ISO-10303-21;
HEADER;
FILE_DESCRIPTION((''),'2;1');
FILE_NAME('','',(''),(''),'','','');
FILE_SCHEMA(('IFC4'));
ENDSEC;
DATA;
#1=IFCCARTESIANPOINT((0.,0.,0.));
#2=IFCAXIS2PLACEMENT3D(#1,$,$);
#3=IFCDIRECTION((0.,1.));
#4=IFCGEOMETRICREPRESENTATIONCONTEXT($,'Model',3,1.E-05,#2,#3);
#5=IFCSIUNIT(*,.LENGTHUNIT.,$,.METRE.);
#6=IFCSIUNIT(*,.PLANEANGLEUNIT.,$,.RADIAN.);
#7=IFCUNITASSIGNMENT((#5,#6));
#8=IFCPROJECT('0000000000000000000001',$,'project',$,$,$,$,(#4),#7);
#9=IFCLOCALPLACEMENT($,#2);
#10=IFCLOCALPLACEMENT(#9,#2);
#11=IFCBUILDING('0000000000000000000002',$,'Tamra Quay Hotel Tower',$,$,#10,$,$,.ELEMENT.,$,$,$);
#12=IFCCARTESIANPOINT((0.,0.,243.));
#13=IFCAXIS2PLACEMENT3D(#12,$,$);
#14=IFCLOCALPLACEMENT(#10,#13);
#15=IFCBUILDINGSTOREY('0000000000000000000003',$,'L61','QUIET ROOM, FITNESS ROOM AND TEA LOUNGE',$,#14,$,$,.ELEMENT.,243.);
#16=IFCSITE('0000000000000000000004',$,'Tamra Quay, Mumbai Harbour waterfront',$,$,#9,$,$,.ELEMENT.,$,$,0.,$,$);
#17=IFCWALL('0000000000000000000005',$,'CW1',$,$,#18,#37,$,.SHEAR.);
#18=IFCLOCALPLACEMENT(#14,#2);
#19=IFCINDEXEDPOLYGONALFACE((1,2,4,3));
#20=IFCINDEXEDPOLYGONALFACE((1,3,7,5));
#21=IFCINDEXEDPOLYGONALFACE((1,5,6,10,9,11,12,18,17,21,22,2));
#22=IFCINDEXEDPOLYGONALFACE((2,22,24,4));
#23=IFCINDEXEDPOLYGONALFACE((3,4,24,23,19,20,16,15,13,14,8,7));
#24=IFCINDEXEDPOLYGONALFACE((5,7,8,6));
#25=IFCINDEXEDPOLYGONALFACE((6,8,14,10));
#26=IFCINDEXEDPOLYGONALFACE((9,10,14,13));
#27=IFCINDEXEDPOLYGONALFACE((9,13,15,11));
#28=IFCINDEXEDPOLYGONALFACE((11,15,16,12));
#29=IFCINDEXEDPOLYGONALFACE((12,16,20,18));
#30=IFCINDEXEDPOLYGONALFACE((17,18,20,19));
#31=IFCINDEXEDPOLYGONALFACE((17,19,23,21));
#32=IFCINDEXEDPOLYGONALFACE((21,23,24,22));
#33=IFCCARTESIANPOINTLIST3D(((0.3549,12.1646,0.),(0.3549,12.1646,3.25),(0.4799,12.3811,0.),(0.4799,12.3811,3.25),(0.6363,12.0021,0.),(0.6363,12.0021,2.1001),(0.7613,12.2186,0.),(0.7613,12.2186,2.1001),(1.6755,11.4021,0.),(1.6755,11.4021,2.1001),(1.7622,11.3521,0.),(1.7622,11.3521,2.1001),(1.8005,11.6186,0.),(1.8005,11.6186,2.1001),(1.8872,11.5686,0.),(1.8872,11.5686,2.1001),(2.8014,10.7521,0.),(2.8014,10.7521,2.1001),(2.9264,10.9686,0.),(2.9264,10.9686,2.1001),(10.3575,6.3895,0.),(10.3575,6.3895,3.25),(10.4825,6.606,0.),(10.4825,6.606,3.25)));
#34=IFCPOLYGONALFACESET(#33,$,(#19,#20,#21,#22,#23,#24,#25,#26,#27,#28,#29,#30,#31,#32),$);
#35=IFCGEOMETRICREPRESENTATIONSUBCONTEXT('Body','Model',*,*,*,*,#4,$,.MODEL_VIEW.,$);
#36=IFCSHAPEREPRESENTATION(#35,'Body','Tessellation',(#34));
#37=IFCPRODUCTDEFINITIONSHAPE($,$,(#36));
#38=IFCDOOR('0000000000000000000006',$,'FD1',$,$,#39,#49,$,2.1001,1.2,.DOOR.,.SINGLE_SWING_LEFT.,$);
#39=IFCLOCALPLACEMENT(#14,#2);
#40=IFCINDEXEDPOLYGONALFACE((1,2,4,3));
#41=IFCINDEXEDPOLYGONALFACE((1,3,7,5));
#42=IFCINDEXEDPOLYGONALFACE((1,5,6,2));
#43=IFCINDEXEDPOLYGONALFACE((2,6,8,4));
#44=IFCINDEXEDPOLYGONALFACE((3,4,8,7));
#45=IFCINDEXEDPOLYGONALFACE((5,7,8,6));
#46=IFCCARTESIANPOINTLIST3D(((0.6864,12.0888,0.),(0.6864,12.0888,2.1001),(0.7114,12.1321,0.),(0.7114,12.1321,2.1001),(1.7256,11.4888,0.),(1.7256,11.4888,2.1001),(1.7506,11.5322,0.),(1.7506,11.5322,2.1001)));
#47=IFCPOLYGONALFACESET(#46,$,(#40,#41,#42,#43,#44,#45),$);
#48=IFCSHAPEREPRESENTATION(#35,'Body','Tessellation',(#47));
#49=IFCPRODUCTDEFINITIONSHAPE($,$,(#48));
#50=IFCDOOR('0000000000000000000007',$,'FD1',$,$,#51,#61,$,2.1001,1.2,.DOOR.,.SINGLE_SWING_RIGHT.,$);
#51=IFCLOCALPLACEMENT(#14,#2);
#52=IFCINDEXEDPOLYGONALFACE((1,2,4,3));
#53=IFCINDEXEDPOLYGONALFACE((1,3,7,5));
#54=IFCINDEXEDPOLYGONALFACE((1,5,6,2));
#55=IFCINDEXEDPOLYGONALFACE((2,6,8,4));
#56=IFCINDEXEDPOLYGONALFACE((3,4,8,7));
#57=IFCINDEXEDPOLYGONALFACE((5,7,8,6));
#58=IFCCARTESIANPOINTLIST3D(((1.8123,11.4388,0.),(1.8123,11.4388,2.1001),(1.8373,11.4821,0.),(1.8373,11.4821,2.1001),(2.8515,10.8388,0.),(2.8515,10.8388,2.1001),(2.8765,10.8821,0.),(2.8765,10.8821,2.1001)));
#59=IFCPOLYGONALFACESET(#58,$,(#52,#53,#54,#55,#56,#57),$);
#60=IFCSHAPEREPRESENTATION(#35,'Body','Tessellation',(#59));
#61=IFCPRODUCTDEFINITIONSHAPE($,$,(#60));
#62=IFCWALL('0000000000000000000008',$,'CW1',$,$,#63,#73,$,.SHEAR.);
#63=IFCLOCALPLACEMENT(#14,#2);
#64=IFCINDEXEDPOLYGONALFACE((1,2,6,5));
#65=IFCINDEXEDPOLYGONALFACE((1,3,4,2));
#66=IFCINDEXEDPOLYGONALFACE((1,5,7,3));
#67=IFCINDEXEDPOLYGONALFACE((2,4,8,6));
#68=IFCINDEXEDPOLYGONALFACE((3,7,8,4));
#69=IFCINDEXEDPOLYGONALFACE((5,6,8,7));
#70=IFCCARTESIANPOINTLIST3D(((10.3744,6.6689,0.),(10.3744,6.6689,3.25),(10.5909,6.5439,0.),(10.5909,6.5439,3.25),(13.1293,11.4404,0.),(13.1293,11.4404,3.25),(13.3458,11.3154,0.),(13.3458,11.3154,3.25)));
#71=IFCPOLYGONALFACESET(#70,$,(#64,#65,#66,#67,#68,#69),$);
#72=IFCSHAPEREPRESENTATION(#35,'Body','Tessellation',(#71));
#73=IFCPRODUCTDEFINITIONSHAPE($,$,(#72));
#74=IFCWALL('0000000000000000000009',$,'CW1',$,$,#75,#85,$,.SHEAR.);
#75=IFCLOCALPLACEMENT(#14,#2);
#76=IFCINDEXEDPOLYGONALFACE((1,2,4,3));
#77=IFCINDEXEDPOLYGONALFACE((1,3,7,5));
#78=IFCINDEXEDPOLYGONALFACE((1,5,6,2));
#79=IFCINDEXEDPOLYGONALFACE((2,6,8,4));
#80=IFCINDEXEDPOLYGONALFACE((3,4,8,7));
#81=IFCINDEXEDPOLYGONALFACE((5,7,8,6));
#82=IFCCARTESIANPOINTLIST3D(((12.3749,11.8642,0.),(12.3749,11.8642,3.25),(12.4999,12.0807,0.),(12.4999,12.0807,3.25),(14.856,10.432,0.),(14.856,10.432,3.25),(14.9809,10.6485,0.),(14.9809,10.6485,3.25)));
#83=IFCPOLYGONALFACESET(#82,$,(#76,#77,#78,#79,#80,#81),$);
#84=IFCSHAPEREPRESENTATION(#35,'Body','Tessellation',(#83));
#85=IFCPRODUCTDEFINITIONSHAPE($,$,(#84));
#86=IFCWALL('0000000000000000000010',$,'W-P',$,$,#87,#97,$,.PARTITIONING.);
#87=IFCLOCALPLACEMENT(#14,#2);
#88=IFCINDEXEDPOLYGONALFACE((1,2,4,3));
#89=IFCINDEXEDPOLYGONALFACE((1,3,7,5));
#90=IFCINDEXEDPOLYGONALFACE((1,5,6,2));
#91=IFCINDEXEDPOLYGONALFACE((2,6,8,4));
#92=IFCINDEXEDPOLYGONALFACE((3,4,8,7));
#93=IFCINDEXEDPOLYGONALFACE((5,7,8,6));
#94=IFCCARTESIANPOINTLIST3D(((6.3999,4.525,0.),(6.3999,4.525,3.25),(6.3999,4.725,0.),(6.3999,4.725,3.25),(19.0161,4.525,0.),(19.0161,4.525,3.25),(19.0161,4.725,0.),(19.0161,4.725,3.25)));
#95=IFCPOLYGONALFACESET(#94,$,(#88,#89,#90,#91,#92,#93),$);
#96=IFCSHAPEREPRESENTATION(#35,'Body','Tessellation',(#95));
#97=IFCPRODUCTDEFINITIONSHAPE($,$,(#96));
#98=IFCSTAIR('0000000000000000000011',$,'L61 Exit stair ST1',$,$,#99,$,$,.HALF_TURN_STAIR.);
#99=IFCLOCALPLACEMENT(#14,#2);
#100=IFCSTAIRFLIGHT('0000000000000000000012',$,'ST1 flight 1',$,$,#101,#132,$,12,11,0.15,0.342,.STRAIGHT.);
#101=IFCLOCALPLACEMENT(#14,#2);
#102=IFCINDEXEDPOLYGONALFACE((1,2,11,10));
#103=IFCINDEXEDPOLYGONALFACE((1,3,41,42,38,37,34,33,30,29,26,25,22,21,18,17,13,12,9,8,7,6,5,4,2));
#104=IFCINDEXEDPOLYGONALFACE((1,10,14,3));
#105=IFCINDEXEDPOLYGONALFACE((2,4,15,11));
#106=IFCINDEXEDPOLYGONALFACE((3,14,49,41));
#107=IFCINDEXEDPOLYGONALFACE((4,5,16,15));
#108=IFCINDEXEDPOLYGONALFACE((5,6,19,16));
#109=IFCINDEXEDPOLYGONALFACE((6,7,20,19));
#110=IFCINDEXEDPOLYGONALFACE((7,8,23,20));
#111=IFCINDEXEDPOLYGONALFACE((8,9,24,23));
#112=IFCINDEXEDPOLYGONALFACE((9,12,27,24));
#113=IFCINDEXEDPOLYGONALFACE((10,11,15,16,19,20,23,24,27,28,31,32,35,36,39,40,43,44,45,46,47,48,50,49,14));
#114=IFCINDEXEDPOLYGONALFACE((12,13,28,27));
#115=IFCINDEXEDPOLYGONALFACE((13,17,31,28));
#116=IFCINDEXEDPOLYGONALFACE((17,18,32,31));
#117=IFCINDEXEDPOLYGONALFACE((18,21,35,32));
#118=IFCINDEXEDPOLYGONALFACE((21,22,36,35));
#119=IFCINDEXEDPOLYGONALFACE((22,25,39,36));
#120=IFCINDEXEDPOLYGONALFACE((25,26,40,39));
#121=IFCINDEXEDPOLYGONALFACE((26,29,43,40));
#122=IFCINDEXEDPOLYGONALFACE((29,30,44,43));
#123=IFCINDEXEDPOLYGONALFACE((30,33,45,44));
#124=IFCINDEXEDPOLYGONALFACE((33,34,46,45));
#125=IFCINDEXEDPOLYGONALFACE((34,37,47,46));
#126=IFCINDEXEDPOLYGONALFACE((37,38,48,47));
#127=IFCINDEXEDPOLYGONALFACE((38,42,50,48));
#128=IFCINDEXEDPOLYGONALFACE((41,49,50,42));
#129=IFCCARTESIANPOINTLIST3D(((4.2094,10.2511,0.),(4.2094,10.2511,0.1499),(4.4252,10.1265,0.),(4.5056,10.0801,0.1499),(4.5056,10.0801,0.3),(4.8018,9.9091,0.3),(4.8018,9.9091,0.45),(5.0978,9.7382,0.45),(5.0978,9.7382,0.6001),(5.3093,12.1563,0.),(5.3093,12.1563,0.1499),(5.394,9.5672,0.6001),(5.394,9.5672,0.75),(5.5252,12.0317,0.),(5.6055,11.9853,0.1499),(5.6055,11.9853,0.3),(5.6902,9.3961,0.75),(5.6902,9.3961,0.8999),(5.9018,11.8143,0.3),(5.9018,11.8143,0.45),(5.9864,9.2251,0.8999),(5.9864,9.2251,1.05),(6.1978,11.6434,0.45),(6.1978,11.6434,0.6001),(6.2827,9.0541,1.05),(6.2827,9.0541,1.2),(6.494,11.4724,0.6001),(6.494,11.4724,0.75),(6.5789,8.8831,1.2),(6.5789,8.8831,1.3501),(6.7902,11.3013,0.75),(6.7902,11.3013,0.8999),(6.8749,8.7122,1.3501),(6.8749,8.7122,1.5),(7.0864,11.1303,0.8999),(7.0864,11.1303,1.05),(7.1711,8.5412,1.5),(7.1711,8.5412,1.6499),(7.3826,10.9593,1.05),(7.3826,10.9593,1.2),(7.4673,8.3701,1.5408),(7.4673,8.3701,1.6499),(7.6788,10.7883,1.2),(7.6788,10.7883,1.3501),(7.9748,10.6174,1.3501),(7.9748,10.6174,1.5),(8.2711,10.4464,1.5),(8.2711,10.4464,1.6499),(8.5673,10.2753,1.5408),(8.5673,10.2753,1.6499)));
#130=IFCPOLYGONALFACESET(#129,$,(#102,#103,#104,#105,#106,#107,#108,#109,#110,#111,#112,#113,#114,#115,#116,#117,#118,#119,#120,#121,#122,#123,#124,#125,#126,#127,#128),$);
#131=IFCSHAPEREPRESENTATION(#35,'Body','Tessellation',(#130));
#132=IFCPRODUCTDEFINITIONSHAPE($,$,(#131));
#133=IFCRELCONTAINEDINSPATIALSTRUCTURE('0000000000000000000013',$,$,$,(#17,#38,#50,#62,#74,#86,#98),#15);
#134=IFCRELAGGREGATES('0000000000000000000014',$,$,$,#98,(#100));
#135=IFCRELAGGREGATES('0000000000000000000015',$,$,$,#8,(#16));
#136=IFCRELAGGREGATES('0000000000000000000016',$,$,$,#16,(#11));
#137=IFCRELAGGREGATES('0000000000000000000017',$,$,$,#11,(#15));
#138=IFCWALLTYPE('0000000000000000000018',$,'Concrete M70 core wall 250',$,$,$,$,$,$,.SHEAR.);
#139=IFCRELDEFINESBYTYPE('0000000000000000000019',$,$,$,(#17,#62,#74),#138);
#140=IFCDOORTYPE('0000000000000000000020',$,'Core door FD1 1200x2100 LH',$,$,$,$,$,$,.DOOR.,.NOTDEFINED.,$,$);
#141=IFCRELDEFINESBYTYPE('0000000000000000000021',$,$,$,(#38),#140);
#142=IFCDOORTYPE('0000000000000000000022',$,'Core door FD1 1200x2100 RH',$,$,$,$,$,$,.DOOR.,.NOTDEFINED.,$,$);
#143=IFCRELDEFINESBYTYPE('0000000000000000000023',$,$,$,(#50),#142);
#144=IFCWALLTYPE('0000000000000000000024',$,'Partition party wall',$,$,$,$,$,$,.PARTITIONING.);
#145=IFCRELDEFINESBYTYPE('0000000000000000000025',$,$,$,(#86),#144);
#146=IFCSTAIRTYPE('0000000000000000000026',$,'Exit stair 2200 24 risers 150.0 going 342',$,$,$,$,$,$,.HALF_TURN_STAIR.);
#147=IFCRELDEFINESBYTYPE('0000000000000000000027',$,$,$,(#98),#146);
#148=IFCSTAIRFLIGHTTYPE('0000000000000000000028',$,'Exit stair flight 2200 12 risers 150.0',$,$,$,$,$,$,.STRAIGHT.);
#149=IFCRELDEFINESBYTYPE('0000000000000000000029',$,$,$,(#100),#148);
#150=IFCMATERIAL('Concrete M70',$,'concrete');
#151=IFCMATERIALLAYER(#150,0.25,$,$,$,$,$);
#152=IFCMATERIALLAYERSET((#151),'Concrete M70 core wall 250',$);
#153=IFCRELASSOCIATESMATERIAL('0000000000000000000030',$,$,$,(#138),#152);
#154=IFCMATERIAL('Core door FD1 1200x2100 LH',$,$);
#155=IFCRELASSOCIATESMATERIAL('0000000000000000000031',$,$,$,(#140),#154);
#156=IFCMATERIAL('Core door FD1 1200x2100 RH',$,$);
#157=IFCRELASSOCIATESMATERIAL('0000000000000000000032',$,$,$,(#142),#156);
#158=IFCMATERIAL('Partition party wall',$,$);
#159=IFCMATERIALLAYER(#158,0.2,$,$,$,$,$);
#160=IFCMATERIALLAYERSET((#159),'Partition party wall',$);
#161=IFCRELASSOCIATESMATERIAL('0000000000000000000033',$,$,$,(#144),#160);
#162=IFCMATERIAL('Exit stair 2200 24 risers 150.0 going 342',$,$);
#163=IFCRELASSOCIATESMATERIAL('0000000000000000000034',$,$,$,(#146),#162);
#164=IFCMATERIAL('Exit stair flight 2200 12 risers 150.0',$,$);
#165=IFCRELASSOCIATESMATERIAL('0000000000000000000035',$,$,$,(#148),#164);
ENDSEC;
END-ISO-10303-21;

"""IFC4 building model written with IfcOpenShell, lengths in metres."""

from ifc_helpers import new_model, si_unit, direction, frame, frame_2d, origin, place, context, subcontext, project, spatial, polyline, rectangle, outline, extrude, material, layer, layer_set, type_object, element, fill, aggregate, save


model = new_model("IFC4")

# Units and contexts
model_context = context("Model", 3, precision=1e-05, world=origin(), true_north=direction((0.0, 1.0)))
body_context = subcontext(model_context, "Body", "Model", "MODEL_VIEW")
ifc_project = project(units=[si_unit("LENGTHUNIT", "METRE"), si_unit("PLANEANGLEUNIT", "RADIAN")], contexts=[model_context])

# Site, building, storey
site_placement = place(None, origin())
site = spatial("IfcSite", under=ifc_project, at=site_placement, Name="Tamra Quay, Mumbai Harbour waterfront", CompositionType="ELEMENT", RefElevation=0.0)
building_placement = place(site_placement, origin())
building = spatial("IfcBuilding", under=site, at=building_placement, Name="Tamra Quay Hotel Tower", CompositionType="ELEMENT")
storey_placement = place(building_placement, frame((0.0, 0.0, 243.0)))
storey = spatial("IfcBuildingStorey", under=building, at=storey_placement, Name="L61", Description="QUIET ROOM, FITNESS ROOM AND TEA LOUNGE", CompositionType="ELEMENT", Elevation=243.0)

# Shared definitions
ifc_material_1 = material(Name="Concrete M70", Category="concrete")

# Wall, openings, doors
ifc_layer_1 = layer(ifc_material_1, 0.25)
ifc_layer_set_1 = layer_set([ifc_layer_1], Name="Concrete M70 core wall 250")
wall_type_1 = type_object("IfcWallType", Name="Concrete M70 core wall 250", PredefinedType="SHEAR", material=ifc_layer_set_1)
wall_1_placement = place(storey_placement, frame((10.4199, 6.4978, 0.0), z_axis=(0.0, 0.0, 1.0), x_axis=(-0.866022, 0.500006, 0.0)))
wall_1 = element("IfcWall", 1, at=wall_1_placement, inside=storey, type_object=wall_type_1, Name="CW1", PredefinedType="SHEAR", context=body_context, shape_type="SweptSolid", body=[
    extrude(rectangle(XDim=11.55, YDim=0.25, at=frame_2d((5.7749, 0.0))), origin(), (0.0, 0.0, 1.0), 3.25),
])
opening_1_placement = place(wall_1_placement, frame((10.0249, 0.0, 0.0)))
opening_1 = element("IfcOpeningElement", 2, at=opening_1_placement, cuts=wall_1, PredefinedType="OPENING", context=body_context, shape_type="SweptSolid", body=[
    extrude(rectangle(XDim=1.2, YDim=2.1001, at=frame_2d((0.6001, 1.05))), frame((0.0, 0.135, 0.0), z_axis=(0.0, -1.0, 0.0), x_axis=(1.0, 0.0, 0.0)), (0.0, 0.0, 1.0), 0.27),
])
opening_2_placement = place(wall_1_placement, frame((8.7249, 0.0, 0.0)))
opening_2 = element("IfcOpeningElement", 3, at=opening_2_placement, cuts=wall_1, PredefinedType="OPENING", context=body_context, shape_type="SweptSolid", body=[
    extrude(rectangle(XDim=1.2, YDim=2.1001, at=frame_2d((0.6001, 1.05))), frame((0.0, 0.135, 0.0), z_axis=(0.0, -1.0, 0.0), x_axis=(1.0, 0.0, 0.0)), (0.0, 0.0, 1.0), 0.27),
])
ifc_material_2 = material(Name="Core door FD1 1200x2100 LH")
door_type_1 = type_object("IfcDoorType", Name="Core door FD1 1200x2100 LH", OperationType="NOTDEFINED", PredefinedType="DOOR", material=ifc_material_2)
door_1_placement = place(opening_1_placement, origin())
door_1 = element("IfcDoor", 4, at=door_1_placement, inside=storey, type_object=door_type_1, Name="FD1", OperationType="SINGLE_SWING_LEFT", OverallHeight=2.1001, OverallWidth=1.2, PredefinedType="DOOR", context=body_context, shape_type="SweptSolid", body=[
    extrude(rectangle(XDim=1.2, YDim=2.1001, at=frame_2d((0.6001, 1.05))), frame((0.0, 0.0249, 0.0), z_axis=(0.0, -1.0, 0.0), x_axis=(1.0, 0.0, 0.0)), (0.0, 0.0, 1.0), 0.05),
])
fill(opening_1, door_1)
ifc_material_3 = material(Name="Core door FD1 1200x2100 RH")
door_type_2 = type_object("IfcDoorType", Name="Core door FD1 1200x2100 RH", OperationType="NOTDEFINED", PredefinedType="DOOR", material=ifc_material_3)
door_2_placement = place(opening_2_placement, origin())
door_2 = element("IfcDoor", 5, at=door_2_placement, inside=storey, type_object=door_type_2, Name="FD1", OperationType="SINGLE_SWING_RIGHT", OverallHeight=2.1001, OverallWidth=1.2, PredefinedType="DOOR", context=body_context, shape_type="SweptSolid", body=[
    extrude(rectangle(XDim=1.2, YDim=2.1001, at=frame_2d((0.6001, 1.05))), frame((0.0, 0.0249, 0.0), z_axis=(0.0, -1.0, 0.0), x_axis=(1.0, 0.0, 0.0)), (0.0, 0.0, 1.0), 0.05),
])
fill(opening_2, door_2)

# Walls
wall_2_placement = place(storey_placement, frame((13.2375, 11.3779, 0.0), z_axis=(0.0, 0.0, 1.0), x_axis=(-0.500009, -0.86602, 0.0)))
element("IfcWall", 6, at=wall_2_placement, inside=storey, type_object=wall_type_1, Name="CW1", PredefinedType="SHEAR", context=body_context, shape_type="SweptSolid", body=[
    extrude(rectangle(XDim=5.5098, YDim=0.25, at=frame_2d((2.7549, 0.0))), origin(), (0.0, 0.0, 1.0), 3.25),
])
wall_3_placement = place(storey_placement, frame((14.9185, 10.5403, 0.0), z_axis=(0.0, 0.0, 1.0), x_axis=(-0.866064, 0.499934, 0.0)))
element("IfcWall", 7, at=wall_3_placement, inside=storey, type_object=wall_type_1, Name="CW1", PredefinedType="SHEAR", context=body_context, shape_type="SweptSolid", body=[
    extrude(rectangle(XDim=2.8647, YDim=0.25, at=frame_2d((1.4324, 0.0))), origin(), (0.0, 0.0, 1.0), 3.25),
])
ifc_material_4 = material(Name="Partition party wall")
ifc_layer_2 = layer(ifc_material_4, 0.2)
ifc_layer_set_2 = layer_set([ifc_layer_2], Name="Partition party wall")
wall_type_2 = type_object("IfcWallType", Name="Partition party wall", PredefinedType="PARTITIONING", material=ifc_layer_set_2)
wall_4_placement = place(storey_placement, frame((6.3999, 4.625, 0.0), z_axis=(0.0, 0.0, 1.0), x_axis=(1.0, 0.0, 0.0)))
element("IfcWall", 8, at=wall_4_placement, inside=storey, type_object=wall_type_2, Name="W-P", PredefinedType="PARTITIONING", context=body_context, shape_type="SweptSolid", body=[
    extrude(rectangle(XDim=12.6162, YDim=0.2, at=frame_2d((6.3081, 0.0))), origin(), (0.0, 0.0, 1.0), 3.25),
])

# Stair, stair flight
ifc_material_5 = material(Name="Exit stair 2200 24 risers 150.0 going 342")
stair_type = type_object("IfcStairType", Name="Exit stair 2200 24 risers 150.0 going 342", PredefinedType="HALF_TURN_STAIR", material=ifc_material_5)
stair_placement = place(storey_placement, origin())
stair = element("IfcStair", 9, at=stair_placement, inside=storey, type_object=stair_type, Name="L61 Exit stair ST1", PredefinedType="HALF_TURN_STAIR")
ifc_material_6 = material(Name="Exit stair flight 2200 12 risers 150.0")
stair_flight_type = type_object("IfcStairFlightType", Name="Exit stair flight 2200 12 risers 150.0", PredefinedType="STRAIGHT", material=ifc_material_6)
stair_flight_placement = place(storey_placement, frame((4.7593, 11.2036, 0.0), z_axis=(0.0, 0.0, 1.0), x_axis=(0.866025, -0.5, 0.0)))
stair_flight = element("IfcStairFlight", 10, at=stair_flight_placement, type_object=stair_flight_type, Name="ST1 flight 1", NumberOfRisers=12, NumberOfTreads=11, PredefinedType="STRAIGHT", RiserHeight=0.15, TreadLength=0.342, context=body_context, shape_type="SweptSolid", body=[
    extrude(outline(polyline([(0.0, 0.0), (0.0, 0.1499), (0.342, 0.1499), (0.342, 0.3), (0.6841, 0.3), (0.6841, 0.45), (1.0259, 0.45), (1.0259, 0.6001), (1.3679, 0.6001), (1.3679, 0.75), (1.71, 0.75), (1.71, 0.8999), (2.052, 0.8999), (2.052, 1.05), (2.394, 1.05), (2.394, 1.2), (2.7361, 1.2), (2.7361, 1.3501), (3.0779, 1.3501), (3.0779, 1.5), (3.4199, 1.5), (3.4199, 1.6499), (3.762, 1.6499), (3.762, 1.8), (3.762, 1.5408), (0.2493, 0.0), (0.0, 0.0)])), frame((0.0, 1.1001, 0.0), z_axis=(0.0, -1.0, 0.0), x_axis=(1.0, 0.0, 0.0)), (0.0, 0.0, 1.0), 2.2),
])
aggregate(stair, [stair_flight])

save(model, "model.ifc")
